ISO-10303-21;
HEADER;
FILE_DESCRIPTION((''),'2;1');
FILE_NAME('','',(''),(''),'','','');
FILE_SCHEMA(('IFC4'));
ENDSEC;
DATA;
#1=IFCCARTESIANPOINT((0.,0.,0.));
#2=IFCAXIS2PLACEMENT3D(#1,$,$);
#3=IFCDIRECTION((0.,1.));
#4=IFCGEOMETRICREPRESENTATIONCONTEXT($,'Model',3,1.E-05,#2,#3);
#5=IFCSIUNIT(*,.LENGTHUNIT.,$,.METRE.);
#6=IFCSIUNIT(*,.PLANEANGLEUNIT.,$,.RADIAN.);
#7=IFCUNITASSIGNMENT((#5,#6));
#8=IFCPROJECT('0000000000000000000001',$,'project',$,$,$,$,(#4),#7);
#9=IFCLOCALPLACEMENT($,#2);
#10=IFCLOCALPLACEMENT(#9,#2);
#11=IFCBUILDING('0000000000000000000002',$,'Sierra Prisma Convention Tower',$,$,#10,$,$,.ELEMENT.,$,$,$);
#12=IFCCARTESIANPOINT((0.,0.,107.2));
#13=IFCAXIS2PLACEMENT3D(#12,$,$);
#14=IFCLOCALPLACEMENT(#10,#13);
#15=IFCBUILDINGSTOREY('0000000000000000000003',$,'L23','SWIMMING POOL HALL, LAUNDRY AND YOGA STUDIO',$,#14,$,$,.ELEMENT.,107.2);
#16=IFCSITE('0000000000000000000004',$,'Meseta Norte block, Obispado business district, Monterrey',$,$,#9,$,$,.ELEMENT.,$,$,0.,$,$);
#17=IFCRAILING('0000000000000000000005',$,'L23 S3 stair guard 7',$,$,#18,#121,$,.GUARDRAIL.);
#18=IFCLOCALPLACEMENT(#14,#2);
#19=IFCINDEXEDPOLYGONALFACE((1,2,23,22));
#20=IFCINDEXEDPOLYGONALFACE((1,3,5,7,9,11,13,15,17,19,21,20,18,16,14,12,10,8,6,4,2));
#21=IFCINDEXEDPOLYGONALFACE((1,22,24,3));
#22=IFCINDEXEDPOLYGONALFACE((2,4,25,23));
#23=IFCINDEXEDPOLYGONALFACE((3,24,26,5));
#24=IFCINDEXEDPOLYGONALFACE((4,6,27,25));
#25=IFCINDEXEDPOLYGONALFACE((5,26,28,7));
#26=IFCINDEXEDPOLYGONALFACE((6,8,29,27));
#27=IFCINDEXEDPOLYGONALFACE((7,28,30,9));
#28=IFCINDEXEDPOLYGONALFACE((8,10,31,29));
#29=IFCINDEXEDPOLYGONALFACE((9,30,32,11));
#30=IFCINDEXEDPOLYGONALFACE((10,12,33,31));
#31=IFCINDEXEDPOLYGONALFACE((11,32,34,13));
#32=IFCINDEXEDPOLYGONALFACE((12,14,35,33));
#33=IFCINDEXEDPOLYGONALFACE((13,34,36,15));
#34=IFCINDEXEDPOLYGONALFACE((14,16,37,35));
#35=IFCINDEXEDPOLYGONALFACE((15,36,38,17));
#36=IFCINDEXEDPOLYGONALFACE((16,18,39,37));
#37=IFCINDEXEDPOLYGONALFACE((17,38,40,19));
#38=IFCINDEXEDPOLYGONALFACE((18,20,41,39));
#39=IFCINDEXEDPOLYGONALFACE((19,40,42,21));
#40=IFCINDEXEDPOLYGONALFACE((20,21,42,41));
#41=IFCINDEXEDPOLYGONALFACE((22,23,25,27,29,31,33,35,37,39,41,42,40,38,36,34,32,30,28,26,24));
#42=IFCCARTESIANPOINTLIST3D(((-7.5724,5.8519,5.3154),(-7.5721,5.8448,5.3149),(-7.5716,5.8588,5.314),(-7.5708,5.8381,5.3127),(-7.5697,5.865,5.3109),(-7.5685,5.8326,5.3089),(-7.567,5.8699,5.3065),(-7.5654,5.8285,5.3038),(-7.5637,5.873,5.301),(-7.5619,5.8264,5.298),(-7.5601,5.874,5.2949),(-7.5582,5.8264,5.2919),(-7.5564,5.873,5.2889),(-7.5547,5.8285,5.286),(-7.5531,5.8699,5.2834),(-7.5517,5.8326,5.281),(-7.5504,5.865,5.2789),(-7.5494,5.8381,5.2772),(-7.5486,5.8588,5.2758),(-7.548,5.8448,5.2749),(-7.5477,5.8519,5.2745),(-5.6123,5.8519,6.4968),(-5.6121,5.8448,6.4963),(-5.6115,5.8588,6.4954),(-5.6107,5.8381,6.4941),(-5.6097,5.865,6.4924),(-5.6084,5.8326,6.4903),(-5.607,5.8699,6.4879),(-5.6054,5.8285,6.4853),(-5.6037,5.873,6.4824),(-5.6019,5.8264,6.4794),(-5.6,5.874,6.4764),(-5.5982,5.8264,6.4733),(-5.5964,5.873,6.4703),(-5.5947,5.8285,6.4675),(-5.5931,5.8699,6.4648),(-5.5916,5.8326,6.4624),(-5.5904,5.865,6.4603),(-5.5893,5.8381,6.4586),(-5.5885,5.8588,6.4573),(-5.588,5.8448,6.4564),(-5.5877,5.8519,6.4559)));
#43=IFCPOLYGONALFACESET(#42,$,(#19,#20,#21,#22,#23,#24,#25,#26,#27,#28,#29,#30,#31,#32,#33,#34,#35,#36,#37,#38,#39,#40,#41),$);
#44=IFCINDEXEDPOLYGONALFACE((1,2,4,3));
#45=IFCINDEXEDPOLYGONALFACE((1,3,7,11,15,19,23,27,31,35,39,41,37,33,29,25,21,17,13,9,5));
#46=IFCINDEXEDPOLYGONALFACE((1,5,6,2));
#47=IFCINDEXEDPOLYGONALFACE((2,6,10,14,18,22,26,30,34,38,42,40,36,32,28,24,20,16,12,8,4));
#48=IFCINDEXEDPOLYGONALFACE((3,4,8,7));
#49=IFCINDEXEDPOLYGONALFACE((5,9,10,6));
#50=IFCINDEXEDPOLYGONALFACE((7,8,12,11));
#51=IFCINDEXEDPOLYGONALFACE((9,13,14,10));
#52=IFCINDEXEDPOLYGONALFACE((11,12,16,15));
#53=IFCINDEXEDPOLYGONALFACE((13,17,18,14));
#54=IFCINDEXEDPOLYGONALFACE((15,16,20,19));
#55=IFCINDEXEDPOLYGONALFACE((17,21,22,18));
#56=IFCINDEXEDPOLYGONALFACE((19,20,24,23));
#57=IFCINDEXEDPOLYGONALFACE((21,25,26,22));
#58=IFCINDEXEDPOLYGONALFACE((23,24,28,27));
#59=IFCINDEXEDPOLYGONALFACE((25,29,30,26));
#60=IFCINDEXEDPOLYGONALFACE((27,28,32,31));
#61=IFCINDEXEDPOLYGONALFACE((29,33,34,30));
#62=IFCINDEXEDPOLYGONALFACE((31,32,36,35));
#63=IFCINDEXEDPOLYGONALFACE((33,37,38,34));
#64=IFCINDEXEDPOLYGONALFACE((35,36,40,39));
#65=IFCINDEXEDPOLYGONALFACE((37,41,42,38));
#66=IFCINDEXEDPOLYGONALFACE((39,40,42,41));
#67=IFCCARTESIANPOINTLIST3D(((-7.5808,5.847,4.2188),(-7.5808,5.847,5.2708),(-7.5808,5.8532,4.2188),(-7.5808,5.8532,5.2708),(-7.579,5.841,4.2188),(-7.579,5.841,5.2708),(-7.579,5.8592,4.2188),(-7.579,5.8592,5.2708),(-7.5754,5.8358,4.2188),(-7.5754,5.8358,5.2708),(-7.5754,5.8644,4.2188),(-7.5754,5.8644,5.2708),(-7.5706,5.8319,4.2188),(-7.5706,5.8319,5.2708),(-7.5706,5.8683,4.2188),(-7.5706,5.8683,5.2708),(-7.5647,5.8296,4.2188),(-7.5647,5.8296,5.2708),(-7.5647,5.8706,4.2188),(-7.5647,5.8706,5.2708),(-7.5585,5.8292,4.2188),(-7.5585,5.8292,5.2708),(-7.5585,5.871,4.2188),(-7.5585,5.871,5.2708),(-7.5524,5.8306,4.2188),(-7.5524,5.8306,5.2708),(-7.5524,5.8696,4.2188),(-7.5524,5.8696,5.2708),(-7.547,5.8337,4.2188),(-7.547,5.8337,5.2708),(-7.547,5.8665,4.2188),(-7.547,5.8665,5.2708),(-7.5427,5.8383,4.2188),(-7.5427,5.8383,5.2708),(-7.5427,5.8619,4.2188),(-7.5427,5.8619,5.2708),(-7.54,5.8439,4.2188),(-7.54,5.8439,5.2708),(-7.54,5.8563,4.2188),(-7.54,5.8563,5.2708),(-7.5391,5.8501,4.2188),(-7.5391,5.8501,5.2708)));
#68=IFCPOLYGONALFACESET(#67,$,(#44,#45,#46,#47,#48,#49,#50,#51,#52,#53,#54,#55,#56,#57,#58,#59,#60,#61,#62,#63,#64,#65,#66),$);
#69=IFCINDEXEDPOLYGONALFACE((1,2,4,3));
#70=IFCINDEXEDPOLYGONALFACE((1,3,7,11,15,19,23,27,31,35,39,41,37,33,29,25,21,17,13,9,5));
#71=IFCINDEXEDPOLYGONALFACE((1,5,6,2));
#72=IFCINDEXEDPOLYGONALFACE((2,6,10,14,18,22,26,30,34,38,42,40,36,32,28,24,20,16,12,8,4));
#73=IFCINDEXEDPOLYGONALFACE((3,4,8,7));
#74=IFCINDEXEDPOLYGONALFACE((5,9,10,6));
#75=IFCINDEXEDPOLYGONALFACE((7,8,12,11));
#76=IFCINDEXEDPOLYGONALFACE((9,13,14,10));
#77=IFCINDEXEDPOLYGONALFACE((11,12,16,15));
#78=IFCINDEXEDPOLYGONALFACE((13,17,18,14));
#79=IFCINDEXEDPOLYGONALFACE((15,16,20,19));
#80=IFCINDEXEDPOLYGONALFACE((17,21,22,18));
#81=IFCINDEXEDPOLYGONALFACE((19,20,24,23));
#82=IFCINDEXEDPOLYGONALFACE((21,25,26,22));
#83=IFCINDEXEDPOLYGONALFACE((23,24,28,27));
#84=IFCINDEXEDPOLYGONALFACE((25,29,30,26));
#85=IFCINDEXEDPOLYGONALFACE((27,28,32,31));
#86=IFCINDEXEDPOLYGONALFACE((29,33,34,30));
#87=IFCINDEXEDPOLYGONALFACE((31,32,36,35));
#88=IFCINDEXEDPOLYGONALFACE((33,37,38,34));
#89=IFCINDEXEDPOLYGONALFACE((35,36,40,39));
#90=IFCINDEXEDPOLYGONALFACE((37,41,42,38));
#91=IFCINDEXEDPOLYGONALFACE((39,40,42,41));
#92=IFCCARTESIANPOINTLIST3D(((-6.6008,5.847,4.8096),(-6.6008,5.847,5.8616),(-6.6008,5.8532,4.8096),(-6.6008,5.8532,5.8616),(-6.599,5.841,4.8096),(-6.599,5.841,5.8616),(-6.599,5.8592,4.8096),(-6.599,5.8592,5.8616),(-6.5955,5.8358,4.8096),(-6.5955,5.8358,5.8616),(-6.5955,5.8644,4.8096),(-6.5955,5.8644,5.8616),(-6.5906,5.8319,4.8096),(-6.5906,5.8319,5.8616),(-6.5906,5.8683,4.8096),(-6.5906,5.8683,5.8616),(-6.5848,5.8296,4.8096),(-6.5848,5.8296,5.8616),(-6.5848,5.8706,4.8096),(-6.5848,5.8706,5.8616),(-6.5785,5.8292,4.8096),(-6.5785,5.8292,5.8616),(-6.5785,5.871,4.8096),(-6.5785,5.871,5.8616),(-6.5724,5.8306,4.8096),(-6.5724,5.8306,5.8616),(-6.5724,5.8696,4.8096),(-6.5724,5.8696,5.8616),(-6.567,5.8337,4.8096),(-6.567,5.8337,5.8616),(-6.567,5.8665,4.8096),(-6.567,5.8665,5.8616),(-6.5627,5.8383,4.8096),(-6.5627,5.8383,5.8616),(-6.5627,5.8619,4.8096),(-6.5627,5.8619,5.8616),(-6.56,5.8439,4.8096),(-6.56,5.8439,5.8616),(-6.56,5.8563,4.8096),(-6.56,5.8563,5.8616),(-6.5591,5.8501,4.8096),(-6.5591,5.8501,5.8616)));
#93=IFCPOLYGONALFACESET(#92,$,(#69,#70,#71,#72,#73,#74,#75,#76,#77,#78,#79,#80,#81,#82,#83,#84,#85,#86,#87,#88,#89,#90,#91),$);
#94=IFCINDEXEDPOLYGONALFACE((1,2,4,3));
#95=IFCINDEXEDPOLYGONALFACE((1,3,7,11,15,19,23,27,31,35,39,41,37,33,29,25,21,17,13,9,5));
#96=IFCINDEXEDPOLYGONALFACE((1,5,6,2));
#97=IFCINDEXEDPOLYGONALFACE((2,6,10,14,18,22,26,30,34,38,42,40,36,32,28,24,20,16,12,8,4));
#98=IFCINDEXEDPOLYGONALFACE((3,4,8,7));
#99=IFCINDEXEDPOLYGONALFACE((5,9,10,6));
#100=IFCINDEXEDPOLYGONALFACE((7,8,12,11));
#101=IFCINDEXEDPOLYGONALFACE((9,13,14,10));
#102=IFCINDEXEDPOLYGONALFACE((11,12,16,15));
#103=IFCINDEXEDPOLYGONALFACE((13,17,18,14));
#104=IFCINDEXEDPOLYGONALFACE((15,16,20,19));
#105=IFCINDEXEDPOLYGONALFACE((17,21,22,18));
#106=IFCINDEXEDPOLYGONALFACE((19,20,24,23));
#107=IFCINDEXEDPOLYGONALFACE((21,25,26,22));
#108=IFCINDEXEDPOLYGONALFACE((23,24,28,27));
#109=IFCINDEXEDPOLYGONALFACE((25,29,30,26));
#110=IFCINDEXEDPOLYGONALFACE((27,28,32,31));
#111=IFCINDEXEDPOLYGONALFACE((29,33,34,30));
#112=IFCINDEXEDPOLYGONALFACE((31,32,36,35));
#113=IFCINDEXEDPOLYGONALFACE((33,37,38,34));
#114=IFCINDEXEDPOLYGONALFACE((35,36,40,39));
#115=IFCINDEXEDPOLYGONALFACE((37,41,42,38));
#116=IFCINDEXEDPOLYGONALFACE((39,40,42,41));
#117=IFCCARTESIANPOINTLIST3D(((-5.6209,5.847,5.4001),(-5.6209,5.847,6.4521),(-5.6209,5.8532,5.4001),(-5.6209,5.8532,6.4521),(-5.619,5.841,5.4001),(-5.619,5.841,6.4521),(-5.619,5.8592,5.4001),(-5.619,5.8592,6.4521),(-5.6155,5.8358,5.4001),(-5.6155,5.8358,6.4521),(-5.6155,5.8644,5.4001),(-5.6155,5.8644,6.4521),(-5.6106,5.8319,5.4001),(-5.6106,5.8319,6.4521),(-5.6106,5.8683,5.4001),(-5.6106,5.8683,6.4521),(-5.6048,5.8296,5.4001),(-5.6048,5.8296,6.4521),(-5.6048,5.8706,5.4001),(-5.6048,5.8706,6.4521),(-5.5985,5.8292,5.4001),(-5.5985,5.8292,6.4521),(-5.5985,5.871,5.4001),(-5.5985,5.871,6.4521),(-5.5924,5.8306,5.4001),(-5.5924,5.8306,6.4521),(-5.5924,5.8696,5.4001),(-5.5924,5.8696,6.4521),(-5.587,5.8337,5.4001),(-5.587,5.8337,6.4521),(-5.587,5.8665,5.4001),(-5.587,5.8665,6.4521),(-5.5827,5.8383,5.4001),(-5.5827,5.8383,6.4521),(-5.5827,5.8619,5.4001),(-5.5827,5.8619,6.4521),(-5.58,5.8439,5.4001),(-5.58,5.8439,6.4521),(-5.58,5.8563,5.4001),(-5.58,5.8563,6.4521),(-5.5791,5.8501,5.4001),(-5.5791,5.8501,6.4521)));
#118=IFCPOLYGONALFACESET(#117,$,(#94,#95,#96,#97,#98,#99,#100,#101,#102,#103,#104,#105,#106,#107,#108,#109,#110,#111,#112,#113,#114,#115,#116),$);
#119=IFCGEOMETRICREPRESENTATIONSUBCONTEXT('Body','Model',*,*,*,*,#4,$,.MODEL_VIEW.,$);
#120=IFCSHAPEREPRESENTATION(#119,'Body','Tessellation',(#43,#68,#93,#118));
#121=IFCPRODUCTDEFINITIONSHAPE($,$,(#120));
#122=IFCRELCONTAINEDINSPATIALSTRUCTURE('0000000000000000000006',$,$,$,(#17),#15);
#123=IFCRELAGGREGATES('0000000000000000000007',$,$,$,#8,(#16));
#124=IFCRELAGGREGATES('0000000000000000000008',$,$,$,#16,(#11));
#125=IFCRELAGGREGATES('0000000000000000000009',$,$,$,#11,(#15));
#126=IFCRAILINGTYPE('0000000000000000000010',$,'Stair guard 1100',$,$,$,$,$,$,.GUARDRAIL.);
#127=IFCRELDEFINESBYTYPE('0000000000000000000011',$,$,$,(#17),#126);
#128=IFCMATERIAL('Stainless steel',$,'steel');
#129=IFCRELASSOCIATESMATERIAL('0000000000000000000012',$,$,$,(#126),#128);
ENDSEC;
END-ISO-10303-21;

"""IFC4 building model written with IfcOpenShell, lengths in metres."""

from ifc_helpers import new_model, si_unit, direction, frame, origin, origin_2d, place, context, subcontext, project, spatial, circle, extrude, material, type_object, element, save


model = new_model("IFC4")

# Units and contexts
model_context = context("Model", 3, precision=1e-05, world=origin(), true_north=direction((0.0, 1.0)))
body_context = subcontext(model_context, "Body", "Model", "MODEL_VIEW")
ifc_project = project(units=[si_unit("LENGTHUNIT", "METRE"), si_unit("PLANEANGLEUNIT", "RADIAN")], contexts=[model_context])

# Site, building, storey
site_placement = place(None, origin())
site = spatial("IfcSite", under=ifc_project, at=site_placement, Name="Meseta Norte block, Obispado business district, Monterrey", CompositionType="ELEMENT", RefElevation=0.0)
building_placement = place(site_placement, origin())
building = spatial("IfcBuilding", under=site, at=building_placement, Name="Sierra Prisma Convention Tower", CompositionType="ELEMENT")
storey_placement = place(building_placement, frame((0.0, 0.0, 107.2)))
storey = spatial("IfcBuildingStorey", under=building, at=storey_placement, Name="L23", Description="SWIMMING POOL HALL, LAUNDRY AND YOGA STUDIO", CompositionType="ELEMENT", Elevation=107.2)

# Railing
ifc_material_1 = material(Name="Stainless steel", Category="steel")
railing_type_1 = type_object("IfcRailingType", Name="Stair guard 1100", PredefinedType="GUARDRAIL", material=ifc_material_1)
railing_1_placement = place(storey_placement, frame((-7.5601, 5.8501, 4.2188)))
element("IfcRailing", 1, at=railing_1_placement, inside=storey, type_object=railing_type_1, Name="L23 S3 stair guard 7", PredefinedType="GUARDRAIL", context=body_context, shape_type="SweptSolid", body=[
    extrude(circle(Radius=0.0239, at=origin_2d()), frame((0.0, 0.0, 1.0762), z_axis=(0.856446, 0.0, 0.516236), x_axis=(0.0, 1.0, 0.0)), (0.0, 0.0, 1.0), 2.2886),
    extrude(circle(Radius=0.021, at=origin_2d()), origin(), (0.0, 0.0, 1.0), 1.052),
    extrude(circle(Radius=0.021, at=origin_2d()), frame((0.98, 0.0, 0.5908)), (0.0, 0.0, 1.0), 1.052),
    extrude(circle(Radius=0.021, at=origin_2d()), frame((1.96, 0.0, 1.1814)), (0.0, 0.0, 1.0), 1.052),
])

save(model, "model.ifc")
